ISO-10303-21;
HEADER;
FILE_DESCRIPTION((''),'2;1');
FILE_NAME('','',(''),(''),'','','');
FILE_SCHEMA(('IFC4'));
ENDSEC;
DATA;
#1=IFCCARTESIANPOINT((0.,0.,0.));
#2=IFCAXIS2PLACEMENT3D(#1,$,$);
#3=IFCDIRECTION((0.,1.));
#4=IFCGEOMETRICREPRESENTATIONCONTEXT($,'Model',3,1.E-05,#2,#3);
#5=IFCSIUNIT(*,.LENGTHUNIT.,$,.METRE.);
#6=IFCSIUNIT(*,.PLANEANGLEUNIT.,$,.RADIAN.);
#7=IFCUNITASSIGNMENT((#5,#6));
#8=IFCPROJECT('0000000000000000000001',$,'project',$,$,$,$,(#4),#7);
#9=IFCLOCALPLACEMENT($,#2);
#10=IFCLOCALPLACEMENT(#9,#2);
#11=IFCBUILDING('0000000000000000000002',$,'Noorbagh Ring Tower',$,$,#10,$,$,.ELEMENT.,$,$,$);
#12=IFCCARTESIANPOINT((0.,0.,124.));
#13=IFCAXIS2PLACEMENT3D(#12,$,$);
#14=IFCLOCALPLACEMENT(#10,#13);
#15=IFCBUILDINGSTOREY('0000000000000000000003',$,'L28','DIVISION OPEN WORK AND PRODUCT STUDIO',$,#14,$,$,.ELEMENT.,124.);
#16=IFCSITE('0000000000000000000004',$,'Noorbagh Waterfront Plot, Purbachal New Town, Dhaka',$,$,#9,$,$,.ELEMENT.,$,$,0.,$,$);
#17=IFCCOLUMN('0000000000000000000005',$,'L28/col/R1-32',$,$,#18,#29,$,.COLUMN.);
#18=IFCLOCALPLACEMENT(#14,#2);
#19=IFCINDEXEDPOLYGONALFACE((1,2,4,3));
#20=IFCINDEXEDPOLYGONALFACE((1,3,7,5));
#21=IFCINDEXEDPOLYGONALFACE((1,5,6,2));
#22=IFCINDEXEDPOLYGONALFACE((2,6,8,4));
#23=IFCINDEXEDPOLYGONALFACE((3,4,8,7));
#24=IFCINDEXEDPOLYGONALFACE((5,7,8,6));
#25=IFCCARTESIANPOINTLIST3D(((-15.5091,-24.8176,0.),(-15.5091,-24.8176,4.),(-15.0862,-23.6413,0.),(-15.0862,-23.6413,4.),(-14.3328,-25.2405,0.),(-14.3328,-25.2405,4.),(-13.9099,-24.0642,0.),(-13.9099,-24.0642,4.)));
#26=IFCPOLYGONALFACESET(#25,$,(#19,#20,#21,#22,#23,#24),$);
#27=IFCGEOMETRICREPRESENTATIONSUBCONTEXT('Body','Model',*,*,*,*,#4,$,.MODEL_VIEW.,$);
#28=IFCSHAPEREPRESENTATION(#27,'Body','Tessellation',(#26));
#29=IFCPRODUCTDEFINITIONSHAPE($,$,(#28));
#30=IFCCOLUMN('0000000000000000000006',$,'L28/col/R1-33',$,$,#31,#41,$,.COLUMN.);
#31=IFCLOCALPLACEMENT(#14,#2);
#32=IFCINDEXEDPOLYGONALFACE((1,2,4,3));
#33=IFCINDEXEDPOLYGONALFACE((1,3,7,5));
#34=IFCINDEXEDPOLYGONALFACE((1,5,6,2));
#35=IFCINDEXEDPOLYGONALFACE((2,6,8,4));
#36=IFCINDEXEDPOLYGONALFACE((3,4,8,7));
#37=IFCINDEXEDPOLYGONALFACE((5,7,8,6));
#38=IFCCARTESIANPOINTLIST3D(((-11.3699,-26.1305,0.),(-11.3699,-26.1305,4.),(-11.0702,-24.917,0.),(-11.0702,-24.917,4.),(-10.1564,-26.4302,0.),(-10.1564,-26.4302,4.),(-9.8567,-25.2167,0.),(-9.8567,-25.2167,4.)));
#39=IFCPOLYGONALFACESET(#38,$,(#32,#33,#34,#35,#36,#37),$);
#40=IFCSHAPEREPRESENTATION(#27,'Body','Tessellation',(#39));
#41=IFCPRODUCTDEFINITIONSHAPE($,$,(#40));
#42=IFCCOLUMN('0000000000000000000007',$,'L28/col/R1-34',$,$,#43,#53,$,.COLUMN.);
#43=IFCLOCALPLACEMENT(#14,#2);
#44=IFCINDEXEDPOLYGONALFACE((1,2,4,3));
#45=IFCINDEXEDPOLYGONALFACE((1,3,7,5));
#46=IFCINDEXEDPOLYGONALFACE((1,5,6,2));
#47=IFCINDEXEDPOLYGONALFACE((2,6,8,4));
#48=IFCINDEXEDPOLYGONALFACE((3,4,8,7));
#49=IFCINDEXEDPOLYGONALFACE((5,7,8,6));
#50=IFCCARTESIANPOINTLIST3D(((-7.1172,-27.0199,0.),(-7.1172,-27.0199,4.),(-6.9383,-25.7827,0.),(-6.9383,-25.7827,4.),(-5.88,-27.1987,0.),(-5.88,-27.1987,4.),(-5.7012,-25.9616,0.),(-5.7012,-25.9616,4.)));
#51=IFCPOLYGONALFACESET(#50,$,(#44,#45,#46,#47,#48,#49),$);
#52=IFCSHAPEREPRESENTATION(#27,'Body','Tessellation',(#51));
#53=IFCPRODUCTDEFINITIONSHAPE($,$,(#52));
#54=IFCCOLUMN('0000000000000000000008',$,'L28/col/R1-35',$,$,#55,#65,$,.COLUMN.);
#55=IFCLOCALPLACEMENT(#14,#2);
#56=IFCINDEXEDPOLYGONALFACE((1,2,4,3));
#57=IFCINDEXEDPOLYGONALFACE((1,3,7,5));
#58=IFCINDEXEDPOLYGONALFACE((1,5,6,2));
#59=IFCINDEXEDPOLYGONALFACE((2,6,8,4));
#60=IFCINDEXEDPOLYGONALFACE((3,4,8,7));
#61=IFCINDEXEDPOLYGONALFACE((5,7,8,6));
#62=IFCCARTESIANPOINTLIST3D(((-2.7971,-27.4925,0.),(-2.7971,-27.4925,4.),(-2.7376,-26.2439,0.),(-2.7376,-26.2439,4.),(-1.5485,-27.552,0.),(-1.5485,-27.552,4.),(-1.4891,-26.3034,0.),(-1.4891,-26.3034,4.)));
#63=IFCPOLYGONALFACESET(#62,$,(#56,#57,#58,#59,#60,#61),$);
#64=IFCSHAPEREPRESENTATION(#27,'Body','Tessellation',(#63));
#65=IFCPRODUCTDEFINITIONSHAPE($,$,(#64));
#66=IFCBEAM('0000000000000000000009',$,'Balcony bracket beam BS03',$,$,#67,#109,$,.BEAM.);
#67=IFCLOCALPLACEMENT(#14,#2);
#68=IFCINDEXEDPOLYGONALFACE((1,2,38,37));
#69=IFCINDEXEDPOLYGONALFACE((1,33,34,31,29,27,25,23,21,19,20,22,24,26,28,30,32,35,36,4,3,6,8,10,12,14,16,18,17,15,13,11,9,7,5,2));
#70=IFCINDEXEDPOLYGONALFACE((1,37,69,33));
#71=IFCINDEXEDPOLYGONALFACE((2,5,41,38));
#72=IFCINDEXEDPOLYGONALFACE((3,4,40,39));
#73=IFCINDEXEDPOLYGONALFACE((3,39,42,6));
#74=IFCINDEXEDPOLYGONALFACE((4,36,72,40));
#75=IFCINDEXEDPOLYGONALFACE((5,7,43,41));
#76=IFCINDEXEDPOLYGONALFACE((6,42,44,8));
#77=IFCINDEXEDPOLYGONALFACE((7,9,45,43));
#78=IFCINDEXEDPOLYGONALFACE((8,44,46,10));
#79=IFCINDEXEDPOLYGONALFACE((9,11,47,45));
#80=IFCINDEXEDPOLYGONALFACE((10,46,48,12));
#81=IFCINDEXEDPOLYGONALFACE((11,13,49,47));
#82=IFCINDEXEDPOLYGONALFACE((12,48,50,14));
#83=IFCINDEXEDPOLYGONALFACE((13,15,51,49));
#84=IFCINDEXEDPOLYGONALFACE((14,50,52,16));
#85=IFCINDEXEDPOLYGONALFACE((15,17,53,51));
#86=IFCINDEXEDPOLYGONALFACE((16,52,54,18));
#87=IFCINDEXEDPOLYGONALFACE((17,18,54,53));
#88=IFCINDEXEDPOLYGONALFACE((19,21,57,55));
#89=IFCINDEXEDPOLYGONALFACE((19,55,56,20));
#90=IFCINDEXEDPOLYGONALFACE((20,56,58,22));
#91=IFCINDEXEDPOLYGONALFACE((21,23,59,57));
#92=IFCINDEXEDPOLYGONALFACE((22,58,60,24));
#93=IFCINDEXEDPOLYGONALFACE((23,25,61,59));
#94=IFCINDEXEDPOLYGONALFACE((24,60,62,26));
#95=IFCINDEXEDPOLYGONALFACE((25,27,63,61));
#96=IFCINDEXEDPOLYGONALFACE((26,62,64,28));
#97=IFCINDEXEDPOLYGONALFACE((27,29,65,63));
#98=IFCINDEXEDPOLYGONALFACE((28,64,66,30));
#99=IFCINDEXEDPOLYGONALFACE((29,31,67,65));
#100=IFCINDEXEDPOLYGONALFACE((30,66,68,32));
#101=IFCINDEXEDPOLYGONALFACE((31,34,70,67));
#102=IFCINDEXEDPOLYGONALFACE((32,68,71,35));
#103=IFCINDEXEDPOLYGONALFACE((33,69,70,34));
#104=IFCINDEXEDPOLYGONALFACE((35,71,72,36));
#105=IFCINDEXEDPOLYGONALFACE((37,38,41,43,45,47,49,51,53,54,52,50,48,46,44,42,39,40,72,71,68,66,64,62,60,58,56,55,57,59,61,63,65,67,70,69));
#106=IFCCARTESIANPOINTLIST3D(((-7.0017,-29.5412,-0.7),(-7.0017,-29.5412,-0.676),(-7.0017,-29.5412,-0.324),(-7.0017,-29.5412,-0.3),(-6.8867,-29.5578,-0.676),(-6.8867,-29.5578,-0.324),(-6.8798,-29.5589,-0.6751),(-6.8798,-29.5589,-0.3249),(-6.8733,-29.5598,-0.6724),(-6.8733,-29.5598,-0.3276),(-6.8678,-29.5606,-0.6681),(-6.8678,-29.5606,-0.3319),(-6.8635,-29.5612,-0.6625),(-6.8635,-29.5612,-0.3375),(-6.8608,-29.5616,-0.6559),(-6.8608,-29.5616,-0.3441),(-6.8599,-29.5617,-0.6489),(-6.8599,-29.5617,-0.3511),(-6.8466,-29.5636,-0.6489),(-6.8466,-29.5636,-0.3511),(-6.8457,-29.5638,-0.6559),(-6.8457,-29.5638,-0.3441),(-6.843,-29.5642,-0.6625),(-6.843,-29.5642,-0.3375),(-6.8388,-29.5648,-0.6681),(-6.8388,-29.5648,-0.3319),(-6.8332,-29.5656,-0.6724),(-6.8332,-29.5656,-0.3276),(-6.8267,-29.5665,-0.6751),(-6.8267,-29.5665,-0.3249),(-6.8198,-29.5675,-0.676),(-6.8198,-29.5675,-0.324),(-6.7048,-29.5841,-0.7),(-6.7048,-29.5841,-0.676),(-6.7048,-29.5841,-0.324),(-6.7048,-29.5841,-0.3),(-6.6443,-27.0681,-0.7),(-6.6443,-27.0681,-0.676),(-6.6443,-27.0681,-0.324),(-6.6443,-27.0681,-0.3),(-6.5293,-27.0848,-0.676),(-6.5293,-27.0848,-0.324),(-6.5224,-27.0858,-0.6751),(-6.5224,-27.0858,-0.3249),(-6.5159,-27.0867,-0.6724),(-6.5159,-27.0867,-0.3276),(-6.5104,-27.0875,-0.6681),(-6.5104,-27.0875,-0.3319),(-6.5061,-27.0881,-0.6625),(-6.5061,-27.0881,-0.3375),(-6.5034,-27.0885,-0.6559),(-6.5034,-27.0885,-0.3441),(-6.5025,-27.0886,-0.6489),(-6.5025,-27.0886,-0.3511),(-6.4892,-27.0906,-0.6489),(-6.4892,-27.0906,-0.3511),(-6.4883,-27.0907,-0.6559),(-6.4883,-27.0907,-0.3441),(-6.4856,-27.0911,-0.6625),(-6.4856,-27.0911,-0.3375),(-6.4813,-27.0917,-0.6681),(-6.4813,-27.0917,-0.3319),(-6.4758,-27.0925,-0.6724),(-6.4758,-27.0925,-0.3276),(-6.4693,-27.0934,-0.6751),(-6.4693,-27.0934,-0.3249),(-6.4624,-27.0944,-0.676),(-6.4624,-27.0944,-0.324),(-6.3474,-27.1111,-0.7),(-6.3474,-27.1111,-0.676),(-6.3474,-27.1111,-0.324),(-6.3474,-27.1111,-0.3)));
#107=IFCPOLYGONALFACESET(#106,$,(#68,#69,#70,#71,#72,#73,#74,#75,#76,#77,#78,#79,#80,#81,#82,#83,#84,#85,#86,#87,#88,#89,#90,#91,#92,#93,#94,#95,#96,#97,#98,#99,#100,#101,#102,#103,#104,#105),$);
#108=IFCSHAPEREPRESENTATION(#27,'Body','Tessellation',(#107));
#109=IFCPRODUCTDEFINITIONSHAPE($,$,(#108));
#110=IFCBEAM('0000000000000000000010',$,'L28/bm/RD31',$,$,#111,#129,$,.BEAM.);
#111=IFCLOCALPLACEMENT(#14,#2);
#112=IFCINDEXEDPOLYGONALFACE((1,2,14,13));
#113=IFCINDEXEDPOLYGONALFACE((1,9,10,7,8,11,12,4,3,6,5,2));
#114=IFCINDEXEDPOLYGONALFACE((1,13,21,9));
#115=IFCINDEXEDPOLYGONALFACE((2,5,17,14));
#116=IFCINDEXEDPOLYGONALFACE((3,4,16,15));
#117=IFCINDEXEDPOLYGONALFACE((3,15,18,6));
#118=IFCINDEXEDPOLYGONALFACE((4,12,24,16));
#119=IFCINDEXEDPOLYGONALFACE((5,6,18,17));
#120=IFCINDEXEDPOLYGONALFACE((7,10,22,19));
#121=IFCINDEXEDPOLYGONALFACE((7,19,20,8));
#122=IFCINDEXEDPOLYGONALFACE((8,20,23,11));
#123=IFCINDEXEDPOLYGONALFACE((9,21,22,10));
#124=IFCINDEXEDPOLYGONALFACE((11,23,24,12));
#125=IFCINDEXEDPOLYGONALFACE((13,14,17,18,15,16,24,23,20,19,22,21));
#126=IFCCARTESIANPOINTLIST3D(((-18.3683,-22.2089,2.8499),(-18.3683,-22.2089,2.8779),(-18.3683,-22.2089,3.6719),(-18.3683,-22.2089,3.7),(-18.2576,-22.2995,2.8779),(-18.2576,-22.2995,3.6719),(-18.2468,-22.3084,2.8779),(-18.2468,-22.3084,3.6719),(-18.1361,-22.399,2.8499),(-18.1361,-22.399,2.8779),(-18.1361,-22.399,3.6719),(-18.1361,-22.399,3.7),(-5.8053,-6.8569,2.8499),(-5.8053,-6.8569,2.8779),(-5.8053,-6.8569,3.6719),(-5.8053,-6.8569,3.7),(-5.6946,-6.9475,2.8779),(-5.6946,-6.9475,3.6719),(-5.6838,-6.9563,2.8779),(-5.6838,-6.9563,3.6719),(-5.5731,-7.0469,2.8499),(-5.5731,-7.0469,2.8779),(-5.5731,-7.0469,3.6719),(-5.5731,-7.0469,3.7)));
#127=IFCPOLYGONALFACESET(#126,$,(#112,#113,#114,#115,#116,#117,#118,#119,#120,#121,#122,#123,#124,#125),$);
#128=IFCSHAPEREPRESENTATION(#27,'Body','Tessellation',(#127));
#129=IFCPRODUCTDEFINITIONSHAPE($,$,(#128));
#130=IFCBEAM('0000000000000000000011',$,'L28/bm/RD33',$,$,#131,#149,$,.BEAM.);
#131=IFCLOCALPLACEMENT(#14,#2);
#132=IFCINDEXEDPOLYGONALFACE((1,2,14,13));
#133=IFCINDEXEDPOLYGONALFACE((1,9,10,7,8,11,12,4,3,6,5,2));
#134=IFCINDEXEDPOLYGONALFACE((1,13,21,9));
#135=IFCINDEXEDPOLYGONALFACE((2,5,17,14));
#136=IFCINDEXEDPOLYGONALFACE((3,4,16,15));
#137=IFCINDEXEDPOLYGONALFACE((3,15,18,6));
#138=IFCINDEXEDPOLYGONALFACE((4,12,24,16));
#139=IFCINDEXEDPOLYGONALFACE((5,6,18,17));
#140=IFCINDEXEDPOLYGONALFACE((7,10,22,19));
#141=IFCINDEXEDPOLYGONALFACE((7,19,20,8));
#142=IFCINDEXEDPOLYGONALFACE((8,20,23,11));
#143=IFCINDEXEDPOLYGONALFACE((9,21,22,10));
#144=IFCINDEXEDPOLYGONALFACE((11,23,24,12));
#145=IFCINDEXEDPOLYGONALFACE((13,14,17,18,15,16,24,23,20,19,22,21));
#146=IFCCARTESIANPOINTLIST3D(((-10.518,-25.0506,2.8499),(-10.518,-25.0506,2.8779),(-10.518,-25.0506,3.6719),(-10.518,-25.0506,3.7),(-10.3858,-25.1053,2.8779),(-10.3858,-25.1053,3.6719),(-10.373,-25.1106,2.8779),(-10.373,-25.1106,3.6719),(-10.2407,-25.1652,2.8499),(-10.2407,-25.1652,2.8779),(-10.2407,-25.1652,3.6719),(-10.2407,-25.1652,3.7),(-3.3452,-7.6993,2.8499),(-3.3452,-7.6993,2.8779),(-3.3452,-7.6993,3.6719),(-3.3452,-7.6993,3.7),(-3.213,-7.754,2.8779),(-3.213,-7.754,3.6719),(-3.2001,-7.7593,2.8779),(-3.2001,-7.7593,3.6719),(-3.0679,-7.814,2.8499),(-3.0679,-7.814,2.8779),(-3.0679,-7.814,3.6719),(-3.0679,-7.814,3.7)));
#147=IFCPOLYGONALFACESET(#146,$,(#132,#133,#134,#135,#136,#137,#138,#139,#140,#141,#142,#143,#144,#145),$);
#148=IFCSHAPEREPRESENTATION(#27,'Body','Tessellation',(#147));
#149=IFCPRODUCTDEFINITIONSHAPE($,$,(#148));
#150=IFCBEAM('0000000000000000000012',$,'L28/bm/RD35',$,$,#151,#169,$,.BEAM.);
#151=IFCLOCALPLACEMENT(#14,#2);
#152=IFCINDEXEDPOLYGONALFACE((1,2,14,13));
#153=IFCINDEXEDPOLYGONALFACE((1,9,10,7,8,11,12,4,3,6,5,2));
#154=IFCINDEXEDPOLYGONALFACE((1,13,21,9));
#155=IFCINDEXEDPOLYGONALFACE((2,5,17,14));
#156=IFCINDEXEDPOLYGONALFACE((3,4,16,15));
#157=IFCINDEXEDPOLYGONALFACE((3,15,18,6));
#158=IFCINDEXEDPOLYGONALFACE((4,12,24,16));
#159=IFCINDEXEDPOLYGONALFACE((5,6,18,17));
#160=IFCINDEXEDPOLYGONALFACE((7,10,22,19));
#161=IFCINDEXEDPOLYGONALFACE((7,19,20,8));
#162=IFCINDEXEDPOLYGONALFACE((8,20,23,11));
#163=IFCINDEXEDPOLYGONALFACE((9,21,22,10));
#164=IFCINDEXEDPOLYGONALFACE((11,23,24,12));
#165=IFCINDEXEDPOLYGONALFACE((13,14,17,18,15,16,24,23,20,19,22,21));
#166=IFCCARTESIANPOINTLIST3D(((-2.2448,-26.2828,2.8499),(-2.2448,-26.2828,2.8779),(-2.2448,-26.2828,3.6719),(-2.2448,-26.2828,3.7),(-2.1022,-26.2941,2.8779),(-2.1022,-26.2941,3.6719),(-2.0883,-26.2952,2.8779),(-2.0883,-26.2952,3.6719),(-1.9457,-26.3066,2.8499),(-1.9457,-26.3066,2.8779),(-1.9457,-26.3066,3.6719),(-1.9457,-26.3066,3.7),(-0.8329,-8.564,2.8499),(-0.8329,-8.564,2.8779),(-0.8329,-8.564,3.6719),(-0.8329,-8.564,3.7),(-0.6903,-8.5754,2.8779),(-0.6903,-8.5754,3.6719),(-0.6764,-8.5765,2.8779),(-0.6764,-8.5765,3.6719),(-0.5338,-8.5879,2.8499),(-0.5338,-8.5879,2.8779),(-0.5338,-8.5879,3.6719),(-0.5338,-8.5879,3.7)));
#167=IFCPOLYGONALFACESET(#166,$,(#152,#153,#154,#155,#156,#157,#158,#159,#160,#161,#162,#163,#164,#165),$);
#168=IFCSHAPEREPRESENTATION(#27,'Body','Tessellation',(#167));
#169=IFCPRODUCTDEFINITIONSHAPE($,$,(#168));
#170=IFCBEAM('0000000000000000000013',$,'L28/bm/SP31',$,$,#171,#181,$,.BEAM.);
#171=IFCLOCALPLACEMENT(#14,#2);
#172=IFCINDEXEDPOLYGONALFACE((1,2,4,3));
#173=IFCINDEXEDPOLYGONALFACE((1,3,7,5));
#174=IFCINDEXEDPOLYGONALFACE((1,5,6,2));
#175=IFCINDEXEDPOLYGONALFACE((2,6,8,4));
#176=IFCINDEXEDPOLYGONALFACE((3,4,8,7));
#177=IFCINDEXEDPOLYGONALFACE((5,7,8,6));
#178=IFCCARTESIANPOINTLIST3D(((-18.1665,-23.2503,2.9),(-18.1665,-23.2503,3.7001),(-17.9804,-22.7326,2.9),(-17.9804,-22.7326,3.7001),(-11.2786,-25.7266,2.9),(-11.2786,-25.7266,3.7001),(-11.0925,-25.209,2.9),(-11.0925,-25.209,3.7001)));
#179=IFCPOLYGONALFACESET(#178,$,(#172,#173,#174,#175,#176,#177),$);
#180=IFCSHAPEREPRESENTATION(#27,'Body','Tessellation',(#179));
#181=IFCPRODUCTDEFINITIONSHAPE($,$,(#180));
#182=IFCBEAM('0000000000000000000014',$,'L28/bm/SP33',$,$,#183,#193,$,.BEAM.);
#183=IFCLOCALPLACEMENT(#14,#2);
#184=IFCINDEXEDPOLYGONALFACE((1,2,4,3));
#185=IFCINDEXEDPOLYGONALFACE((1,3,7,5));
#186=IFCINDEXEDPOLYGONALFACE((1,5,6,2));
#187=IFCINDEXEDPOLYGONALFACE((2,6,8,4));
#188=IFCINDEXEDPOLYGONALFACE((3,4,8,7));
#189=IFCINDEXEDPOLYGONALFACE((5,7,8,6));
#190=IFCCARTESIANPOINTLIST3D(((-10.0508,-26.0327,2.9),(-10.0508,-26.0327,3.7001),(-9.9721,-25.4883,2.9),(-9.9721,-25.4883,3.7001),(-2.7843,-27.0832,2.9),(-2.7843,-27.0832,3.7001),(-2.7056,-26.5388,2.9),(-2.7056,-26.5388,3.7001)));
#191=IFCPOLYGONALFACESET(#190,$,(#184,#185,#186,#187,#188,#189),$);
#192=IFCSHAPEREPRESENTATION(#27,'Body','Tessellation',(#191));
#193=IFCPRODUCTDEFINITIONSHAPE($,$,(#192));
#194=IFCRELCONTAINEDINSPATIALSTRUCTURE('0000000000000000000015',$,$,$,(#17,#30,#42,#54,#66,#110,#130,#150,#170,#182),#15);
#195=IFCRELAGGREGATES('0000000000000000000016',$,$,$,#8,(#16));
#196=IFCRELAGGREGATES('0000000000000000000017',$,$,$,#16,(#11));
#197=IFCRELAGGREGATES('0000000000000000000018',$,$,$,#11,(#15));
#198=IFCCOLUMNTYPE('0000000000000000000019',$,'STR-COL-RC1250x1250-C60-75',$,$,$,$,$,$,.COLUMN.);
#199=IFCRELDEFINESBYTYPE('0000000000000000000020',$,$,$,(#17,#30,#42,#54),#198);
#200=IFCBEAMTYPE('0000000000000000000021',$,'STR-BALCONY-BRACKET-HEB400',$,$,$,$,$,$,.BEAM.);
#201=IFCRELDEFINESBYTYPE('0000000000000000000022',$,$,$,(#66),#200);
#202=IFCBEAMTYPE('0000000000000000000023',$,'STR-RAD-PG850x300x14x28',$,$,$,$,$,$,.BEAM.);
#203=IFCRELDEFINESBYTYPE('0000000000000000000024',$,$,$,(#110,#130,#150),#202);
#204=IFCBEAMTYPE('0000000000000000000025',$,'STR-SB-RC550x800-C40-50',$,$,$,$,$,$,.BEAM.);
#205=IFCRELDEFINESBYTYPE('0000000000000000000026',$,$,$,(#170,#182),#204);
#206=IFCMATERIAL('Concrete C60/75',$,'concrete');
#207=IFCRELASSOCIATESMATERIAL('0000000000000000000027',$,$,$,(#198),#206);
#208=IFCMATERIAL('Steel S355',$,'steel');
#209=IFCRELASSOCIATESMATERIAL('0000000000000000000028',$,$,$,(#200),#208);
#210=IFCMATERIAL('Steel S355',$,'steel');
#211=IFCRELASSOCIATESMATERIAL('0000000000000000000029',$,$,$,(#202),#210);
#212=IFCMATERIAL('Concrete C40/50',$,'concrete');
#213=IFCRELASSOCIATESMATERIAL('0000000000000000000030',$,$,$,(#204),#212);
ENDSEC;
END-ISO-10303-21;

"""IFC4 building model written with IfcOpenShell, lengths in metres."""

from ifc_helpers import new_model, si_unit, direction, frame, origin, origin_2d, place, context, subcontext, project, spatial, rectangle, i_section, extrude, material, material_profile, profile_set, type_object, element, save


model = new_model("IFC4")

# Units and contexts
model_context = context("Model", 3, precision=1e-05, world=origin(), true_north=direction((0.0, 1.0)))
body_context = subcontext(model_context, "Body", "Model", "MODEL_VIEW")
ifc_project = project(units=[si_unit("LENGTHUNIT", "METRE"), si_unit("PLANEANGLEUNIT", "RADIAN")], contexts=[model_context])

# Site, building, storey
site_placement = place(None, origin())
site = spatial("IfcSite", under=ifc_project, at=site_placement, Name="Noorbagh Waterfront Plot, Purbachal New Town, Dhaka", CompositionType="ELEMENT", RefElevation=0.0)
building_placement = place(site_placement, origin())
building = spatial("IfcBuilding", under=site, at=building_placement, Name="Noorbagh Ring Tower", CompositionType="ELEMENT")
storey_placement = place(building_placement, frame((0.0, 0.0, 124.0)))
storey = spatial("IfcBuildingStorey", under=building, at=storey_placement, Name="L28", Description="DIVISION OPEN WORK AND PRODUCT STUDIO", CompositionType="ELEMENT", Elevation=124.0)

# Columns
ifc_material_1 = material(Name="Concrete C60/75", Category="concrete")
ifc_material_profile_1 = material_profile(ifc_material_1, rectangle(XDim=1.25, YDim=1.25, at=origin_2d()), Name="RC1250x1250")
ifc_profile_set_1 = profile_set([ifc_material_profile_1], Name="Concrete C60/75")
column_type = type_object("IfcColumnType", Name="STR-COL-RC1250x1250-C60-75", PredefinedType="COLUMN", material=ifc_profile_set_1)
for number, where, z_axis, x_axis, name in (
    (1, (-14.7095, -24.4409, 0.0), (0.0, 0.0, 1.0), (0.941025, -0.338338, 0.0), "L28/col/R1-32"),
    (2, (-10.6133, -25.6736, 0.0), (0.0, 0.0, 1.0), (0.970829, -0.239771, 0.0), "L28/col/R1-33"),
    (3, (-6.4092, -26.4907, 0.0), (0.0, 0.0, 1.0), (0.989713, -0.143066, 0.0), "L28/col/R1-34"),
    (4, (-2.1431, -26.8979, 0.0), (0.0, 0.0, 1.0), (0.998869, -0.047553, 0.0), "L28/col/R1-35"),
):
    element("IfcColumn", number, at=place(storey_placement, frame(where, z_axis=z_axis, x_axis=x_axis)), inside=storey, type_object=column_type, Name=name, PredefinedType="COLUMN", context=body_context, shape_type="SweptSolid", body=[
        extrude(rectangle(XDim=1.25, YDim=1.25, at=origin_2d()), origin(), (0.0, 0.0, 1.0), 4.0),
    ])

# Beams
ifc_material_2 = material(Name="Steel S355", Category="steel")
ifc_material_profile_2 = material_profile(ifc_material_2, i_section(OverallWidth=0.3, OverallDepth=0.3999, WebThickness=0.0134, FlangeThickness=0.0239, FilletRadius=0.0271, at=origin_2d()), Name="HEB400")
ifc_profile_set_2 = profile_set([ifc_material_profile_2], Name="Steel S355")
beam_type_1 = type_object("IfcBeamType", Name="STR-BALCONY-BRACKET-HEB400", PredefinedType="BEAM", material=ifc_profile_set_2)
beam_1_placement = place(storey_placement, frame((-6.4958, -27.0896, -0.5), z_axis=(-0.143035, -0.989718, 0.0), x_axis=(0.989718, -0.143035, 0.0)))
element("IfcBeam", 5, at=beam_1_placement, inside=storey, type_object=beam_type_1, Name="Balcony bracket beam BS03", PredefinedType="BEAM", context=body_context, shape_type="SweptSolid", body=[
    extrude(i_section(OverallWidth=0.3, OverallDepth=0.3999, WebThickness=0.0134, FlangeThickness=0.0239, FilletRadius=0.0271, at=origin_2d()), origin(), (0.0, 0.0, 1.0), 2.4988),
])
ifc_material_3 = material(Name="Steel S355", Category="steel")
ifc_material_profile_3 = material_profile(ifc_material_3, i_section(OverallWidth=0.3, OverallDepth=0.8501, WebThickness=0.0139, FlangeThickness=0.0281, at=origin_2d()), Name="PG850x300x14x28")
ifc_profile_set_3 = profile_set([ifc_material_profile_3], Name="Steel S355")
beam_type_2 = type_object("IfcBeamType", Name="STR-RAD-PG850x300x14x28", PredefinedType="BEAM", material=ifc_profile_set_3)
beam_2_placement = place(storey_placement, frame((-18.2522, -22.304, 3.2749), z_axis=(0.633305, 0.773902, 0.0), x_axis=(-0.773902, 0.633305, 0.0)))
element("IfcBeam", 6, at=beam_2_placement, inside=storey, type_object=beam_type_2, Name="L28/bm/RD31", PredefinedType="BEAM", context=body_context, shape_type="SweptSolid", body=[
    extrude(i_section(OverallWidth=0.3, OverallDepth=0.8501, WebThickness=0.0139, FlangeThickness=0.0281, at=origin_2d()), origin(), (0.0, 0.0, 1.0), 19.8372),
])
beam_3_placement = place(storey_placement, frame((-10.3794, -25.1079, 3.2749), z_axis=(0.382033, 0.924149, 0.0), x_axis=(-0.924149, 0.382033, 0.0)))
element("IfcBeam", 7, at=beam_3_placement, inside=storey, type_object=beam_type_2, Name="L28/bm/RD33", PredefinedType="BEAM", context=body_context, shape_type="SweptSolid", body=[
    extrude(i_section(OverallWidth=0.3, OverallDepth=0.8501, WebThickness=0.0139, FlangeThickness=0.0281, at=origin_2d()), origin(), (0.0, 0.0, 1.0), 18.7754),
])
beam_4_placement = place(storey_placement, frame((-2.0952, -26.2947, 3.2749), z_axis=(0.07943, 0.99684, 0.0), x_axis=(-0.99684, 0.07943, 0.0)))
element("IfcBeam", 8, at=beam_4_placement, inside=storey, type_object=beam_type_2, Name="L28/bm/RD35", PredefinedType="BEAM", context=body_context, shape_type="SweptSolid", body=[
    extrude(i_section(OverallWidth=0.3, OverallDepth=0.8501, WebThickness=0.0139, FlangeThickness=0.0281, at=origin_2d()), origin(), (0.0, 0.0, 1.0), 17.7749),
])
ifc_material_4 = material(Name="Concrete C40/50", Category="concrete")
ifc_material_profile_4 = material_profile(ifc_material_4, rectangle(XDim=0.55, YDim=0.8, at=origin_2d()), Name="RC550x800")
ifc_profile_set_4 = profile_set([ifc_material_profile_4], Name="Concrete C40/50")
beam_type_3 = type_object("IfcBeamType", Name="STR-SB-RC550x800-C40-50", PredefinedType="BEAM", material=ifc_profile_set_4)
beam_5_placement = place(storey_placement, frame((-18.0735, -22.9915, 3.3), z_axis=(0.941033, -0.338315, 0.0), x_axis=(0.338315, 0.941033, 0.0)))
element("IfcBeam", 9, at=beam_5_placement, inside=storey, type_object=beam_type_3, Name="L28/bm/SP31", PredefinedType="BEAM", context=body_context, shape_type="SweptSolid", body=[
    extrude(rectangle(XDim=0.55, YDim=0.8, at=origin_2d()), origin(), (0.0, 0.0, 1.0), 7.3196),
])
beam_6_placement = place(storey_placement, frame((-10.0115, -25.7605, 3.3), z_axis=(0.989711, -0.143083, 0.0), x_axis=(0.143083, 0.989711, 0.0)))
element("IfcBeam", 10, at=beam_6_placement, inside=storey, type_object=beam_type_3, Name="L28/bm/SP33", PredefinedType="BEAM", context=body_context, shape_type="SweptSolid", body=[
    extrude(rectangle(XDim=0.55, YDim=0.8, at=origin_2d()), origin(), (0.0, 0.0, 1.0), 7.342),
])

save(model, "model.ifc")
